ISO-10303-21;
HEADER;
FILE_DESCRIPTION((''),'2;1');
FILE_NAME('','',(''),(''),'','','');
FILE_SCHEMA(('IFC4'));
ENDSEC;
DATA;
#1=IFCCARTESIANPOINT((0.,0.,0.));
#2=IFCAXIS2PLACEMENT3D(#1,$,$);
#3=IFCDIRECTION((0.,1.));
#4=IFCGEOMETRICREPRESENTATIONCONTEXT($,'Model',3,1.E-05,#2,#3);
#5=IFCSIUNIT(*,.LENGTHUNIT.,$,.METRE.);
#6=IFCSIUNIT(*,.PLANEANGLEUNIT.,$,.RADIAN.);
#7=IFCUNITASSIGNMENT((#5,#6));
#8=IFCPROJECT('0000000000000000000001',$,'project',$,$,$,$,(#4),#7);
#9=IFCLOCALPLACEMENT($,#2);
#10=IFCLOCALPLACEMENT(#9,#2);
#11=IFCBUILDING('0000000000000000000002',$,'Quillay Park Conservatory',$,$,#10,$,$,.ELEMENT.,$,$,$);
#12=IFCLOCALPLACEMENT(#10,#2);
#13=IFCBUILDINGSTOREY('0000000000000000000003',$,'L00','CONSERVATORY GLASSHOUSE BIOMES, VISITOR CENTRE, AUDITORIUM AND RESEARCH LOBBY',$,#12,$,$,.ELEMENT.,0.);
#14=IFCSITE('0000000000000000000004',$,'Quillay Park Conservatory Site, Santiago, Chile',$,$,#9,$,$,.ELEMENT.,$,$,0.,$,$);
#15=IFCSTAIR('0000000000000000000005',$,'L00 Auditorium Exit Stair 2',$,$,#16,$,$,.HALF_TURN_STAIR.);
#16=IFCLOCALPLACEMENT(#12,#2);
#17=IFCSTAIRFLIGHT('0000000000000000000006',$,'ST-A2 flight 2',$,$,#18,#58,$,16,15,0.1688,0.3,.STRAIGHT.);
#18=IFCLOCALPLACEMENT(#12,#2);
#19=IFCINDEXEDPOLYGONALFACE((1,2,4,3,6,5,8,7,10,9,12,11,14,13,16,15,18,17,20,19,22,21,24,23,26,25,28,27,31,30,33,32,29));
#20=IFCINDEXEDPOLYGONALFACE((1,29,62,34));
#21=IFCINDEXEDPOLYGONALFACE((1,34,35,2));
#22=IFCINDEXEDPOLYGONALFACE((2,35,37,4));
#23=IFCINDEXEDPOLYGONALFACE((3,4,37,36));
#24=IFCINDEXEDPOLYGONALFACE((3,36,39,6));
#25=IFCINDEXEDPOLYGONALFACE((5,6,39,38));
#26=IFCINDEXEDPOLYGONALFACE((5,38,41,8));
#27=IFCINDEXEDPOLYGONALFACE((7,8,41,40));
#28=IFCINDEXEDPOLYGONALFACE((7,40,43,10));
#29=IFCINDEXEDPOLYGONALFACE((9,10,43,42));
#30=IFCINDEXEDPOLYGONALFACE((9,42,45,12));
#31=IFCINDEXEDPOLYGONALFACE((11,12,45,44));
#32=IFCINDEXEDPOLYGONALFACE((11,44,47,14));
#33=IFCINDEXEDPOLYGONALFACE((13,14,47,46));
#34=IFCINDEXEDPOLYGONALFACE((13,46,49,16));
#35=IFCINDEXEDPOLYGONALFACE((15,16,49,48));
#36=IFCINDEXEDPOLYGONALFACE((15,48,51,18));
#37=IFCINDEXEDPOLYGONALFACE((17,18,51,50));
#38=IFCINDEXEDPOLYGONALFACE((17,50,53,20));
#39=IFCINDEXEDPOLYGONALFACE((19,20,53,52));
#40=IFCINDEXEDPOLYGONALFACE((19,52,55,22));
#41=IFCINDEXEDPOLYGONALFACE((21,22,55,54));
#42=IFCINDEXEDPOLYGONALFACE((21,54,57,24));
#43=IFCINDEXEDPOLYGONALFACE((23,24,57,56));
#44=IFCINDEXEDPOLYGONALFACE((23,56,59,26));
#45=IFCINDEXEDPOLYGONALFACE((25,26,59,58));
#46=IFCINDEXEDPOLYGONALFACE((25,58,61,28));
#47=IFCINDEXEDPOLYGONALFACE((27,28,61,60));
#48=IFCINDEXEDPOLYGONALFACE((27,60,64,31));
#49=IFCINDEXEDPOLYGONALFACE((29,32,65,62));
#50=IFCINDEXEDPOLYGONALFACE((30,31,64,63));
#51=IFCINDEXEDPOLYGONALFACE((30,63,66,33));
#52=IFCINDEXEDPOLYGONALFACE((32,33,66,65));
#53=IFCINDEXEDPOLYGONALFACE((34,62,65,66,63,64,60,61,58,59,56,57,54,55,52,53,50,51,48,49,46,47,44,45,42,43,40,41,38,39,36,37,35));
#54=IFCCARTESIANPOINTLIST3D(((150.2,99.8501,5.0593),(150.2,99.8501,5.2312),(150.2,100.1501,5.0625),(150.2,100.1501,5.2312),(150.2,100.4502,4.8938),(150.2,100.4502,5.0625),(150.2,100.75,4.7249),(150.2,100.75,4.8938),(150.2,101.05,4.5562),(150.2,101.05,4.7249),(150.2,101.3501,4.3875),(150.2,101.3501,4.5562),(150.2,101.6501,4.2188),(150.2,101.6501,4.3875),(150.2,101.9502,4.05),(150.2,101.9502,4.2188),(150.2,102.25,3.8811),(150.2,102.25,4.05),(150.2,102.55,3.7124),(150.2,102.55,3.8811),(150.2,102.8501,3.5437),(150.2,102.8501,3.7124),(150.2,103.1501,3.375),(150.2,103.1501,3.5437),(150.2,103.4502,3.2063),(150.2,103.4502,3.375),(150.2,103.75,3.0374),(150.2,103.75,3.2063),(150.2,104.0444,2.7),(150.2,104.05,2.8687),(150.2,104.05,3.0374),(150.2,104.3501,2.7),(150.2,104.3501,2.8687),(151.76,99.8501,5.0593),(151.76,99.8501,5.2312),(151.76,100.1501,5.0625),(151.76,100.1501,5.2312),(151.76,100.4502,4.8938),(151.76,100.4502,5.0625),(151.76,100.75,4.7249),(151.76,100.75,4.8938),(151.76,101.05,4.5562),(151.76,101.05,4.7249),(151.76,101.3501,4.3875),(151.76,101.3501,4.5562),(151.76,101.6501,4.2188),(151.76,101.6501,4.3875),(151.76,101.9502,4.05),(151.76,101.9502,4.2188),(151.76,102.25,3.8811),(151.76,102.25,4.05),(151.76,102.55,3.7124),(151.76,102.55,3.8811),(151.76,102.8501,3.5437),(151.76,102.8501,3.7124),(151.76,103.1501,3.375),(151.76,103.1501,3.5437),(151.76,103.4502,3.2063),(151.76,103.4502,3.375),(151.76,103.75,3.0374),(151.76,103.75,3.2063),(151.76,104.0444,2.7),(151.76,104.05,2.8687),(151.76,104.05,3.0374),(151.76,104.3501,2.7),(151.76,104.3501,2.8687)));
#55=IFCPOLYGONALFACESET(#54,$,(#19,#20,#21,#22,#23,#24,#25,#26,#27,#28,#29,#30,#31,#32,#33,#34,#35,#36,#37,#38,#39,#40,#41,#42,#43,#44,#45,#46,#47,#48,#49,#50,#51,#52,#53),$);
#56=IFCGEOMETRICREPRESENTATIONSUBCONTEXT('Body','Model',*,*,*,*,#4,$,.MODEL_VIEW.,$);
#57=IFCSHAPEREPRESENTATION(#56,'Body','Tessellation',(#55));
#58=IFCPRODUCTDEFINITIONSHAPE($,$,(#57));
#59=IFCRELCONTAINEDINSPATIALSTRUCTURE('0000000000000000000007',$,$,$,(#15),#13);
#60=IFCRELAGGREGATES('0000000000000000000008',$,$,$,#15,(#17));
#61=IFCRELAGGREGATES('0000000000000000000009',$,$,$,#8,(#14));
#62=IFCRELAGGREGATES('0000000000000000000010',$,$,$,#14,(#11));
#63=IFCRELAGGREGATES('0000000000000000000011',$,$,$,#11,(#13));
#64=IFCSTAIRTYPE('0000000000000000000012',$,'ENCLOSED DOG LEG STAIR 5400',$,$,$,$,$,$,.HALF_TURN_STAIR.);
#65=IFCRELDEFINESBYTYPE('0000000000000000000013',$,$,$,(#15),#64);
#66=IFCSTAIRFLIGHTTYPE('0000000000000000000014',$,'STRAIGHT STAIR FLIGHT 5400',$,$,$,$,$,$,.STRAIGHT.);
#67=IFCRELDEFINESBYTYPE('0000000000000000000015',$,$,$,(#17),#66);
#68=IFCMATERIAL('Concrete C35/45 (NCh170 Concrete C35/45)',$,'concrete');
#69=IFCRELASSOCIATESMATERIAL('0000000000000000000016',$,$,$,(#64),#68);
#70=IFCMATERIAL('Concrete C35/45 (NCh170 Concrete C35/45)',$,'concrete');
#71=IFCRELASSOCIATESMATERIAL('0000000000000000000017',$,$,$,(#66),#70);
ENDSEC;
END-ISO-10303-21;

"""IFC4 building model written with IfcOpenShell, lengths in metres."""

from ifc_helpers import new_model, si_unit, direction, frame, origin, place, context, subcontext, project, spatial, polyline, outline, extrude, material, type_object, element, aggregate, save


model = new_model("IFC4")

# Units and contexts
model_context = context("Model", 3, precision=1e-05, world=origin(), true_north=direction((0.0, 1.0)))
body_context = subcontext(model_context, "Body", "Model", "MODEL_VIEW")
ifc_project = project(units=[si_unit("LENGTHUNIT", "METRE"), si_unit("PLANEANGLEUNIT", "RADIAN")], contexts=[model_context])

# Site, building, storey
site_placement = place(None, origin())
site = spatial("IfcSite", under=ifc_project, at=site_placement, Name="Quillay Park Conservatory Site, Santiago, Chile", CompositionType="ELEMENT", RefElevation=0.0)
building_placement = place(site_placement, origin())
building = spatial("IfcBuilding", under=site, at=building_placement, Name="Quillay Park Conservatory", CompositionType="ELEMENT")
storey_placement = place(building_placement, origin())
storey = spatial("IfcBuildingStorey", under=building, at=storey_placement, Name="L00", Description="CONSERVATORY GLASSHOUSE BIOMES, VISITOR CENTRE, AUDITORIUM AND RESEARCH LOBBY", CompositionType="ELEMENT", Elevation=0.0)

# Stair, stair flight
ifc_material_1 = material(Name="Concrete C35/45 (NCh170 Concrete C35/45)", Category="concrete")
stair_type = type_object("IfcStairType", Name="ENCLOSED DOG LEG STAIR 5400", PredefinedType="HALF_TURN_STAIR", material=ifc_material_1)
stair_placement = place(storey_placement, origin())
stair = element("IfcStair", 1, at=stair_placement, inside=storey, type_object=stair_type, Name="L00 Auditorium Exit Stair 2", PredefinedType="HALF_TURN_STAIR")
ifc_material_2 = material(Name="Concrete C35/45 (NCh170 Concrete C35/45)", Category="concrete")
stair_flight_type = type_object("IfcStairFlightType", Name="STRAIGHT STAIR FLIGHT 5400", PredefinedType="STRAIGHT", material=ifc_material_2)
stair_flight_1_placement = place(storey_placement, frame((150.98, 104.3501, 2.7), z_axis=(0.0, 0.0, 1.0), x_axis=(0.0, -1.0, 0.0)))
stair_flight_1 = element("IfcStairFlight", 2, at=stair_flight_1_placement, type_object=stair_flight_type, Name="ST-A2 flight 2", NumberOfRisers=16, NumberOfTreads=15, PredefinedType="STRAIGHT", RiserHeight=0.1688, TreadLength=0.3, context=body_context, shape_type="SweptSolid", body=[
    extrude(outline(polyline([(0.0, 0.0), (0.0, 0.1687), (0.3, 0.1687), (0.3, 0.3374), (0.6001, 0.3374), (0.6001, 0.5063), (0.8999, 0.5063), (0.8999, 0.675), (1.2, 0.675), (1.2, 0.8438), (1.5, 0.8438), (1.5, 1.0125), (1.8, 1.0125), (1.8, 1.1812), (2.1001, 1.1812), (2.1001, 1.3501), (2.3999, 1.3501), (2.3999, 1.5188), (2.7, 1.5188), (2.7, 1.6875), (3.0, 1.6875), (3.0, 1.8562), (3.3, 1.8562), (3.3, 2.0249), (3.6001, 2.0249), (3.6001, 2.1938), (3.8999, 2.1938), (3.8999, 2.3625), (4.2, 2.3625), (4.2, 2.5312), (4.5, 2.5312), (4.5, 2.7), (4.5, 2.3594), (0.3057, 0.0), (0.0, 0.0)])), frame((0.0, 0.78, 0.0), z_axis=(0.0, -1.0, 0.0), x_axis=(1.0, 0.0, 0.0)), (0.0, 0.0, 1.0), 1.5601),
])
aggregate(stair, [stair_flight_1])

save(model, "model.ifc")
